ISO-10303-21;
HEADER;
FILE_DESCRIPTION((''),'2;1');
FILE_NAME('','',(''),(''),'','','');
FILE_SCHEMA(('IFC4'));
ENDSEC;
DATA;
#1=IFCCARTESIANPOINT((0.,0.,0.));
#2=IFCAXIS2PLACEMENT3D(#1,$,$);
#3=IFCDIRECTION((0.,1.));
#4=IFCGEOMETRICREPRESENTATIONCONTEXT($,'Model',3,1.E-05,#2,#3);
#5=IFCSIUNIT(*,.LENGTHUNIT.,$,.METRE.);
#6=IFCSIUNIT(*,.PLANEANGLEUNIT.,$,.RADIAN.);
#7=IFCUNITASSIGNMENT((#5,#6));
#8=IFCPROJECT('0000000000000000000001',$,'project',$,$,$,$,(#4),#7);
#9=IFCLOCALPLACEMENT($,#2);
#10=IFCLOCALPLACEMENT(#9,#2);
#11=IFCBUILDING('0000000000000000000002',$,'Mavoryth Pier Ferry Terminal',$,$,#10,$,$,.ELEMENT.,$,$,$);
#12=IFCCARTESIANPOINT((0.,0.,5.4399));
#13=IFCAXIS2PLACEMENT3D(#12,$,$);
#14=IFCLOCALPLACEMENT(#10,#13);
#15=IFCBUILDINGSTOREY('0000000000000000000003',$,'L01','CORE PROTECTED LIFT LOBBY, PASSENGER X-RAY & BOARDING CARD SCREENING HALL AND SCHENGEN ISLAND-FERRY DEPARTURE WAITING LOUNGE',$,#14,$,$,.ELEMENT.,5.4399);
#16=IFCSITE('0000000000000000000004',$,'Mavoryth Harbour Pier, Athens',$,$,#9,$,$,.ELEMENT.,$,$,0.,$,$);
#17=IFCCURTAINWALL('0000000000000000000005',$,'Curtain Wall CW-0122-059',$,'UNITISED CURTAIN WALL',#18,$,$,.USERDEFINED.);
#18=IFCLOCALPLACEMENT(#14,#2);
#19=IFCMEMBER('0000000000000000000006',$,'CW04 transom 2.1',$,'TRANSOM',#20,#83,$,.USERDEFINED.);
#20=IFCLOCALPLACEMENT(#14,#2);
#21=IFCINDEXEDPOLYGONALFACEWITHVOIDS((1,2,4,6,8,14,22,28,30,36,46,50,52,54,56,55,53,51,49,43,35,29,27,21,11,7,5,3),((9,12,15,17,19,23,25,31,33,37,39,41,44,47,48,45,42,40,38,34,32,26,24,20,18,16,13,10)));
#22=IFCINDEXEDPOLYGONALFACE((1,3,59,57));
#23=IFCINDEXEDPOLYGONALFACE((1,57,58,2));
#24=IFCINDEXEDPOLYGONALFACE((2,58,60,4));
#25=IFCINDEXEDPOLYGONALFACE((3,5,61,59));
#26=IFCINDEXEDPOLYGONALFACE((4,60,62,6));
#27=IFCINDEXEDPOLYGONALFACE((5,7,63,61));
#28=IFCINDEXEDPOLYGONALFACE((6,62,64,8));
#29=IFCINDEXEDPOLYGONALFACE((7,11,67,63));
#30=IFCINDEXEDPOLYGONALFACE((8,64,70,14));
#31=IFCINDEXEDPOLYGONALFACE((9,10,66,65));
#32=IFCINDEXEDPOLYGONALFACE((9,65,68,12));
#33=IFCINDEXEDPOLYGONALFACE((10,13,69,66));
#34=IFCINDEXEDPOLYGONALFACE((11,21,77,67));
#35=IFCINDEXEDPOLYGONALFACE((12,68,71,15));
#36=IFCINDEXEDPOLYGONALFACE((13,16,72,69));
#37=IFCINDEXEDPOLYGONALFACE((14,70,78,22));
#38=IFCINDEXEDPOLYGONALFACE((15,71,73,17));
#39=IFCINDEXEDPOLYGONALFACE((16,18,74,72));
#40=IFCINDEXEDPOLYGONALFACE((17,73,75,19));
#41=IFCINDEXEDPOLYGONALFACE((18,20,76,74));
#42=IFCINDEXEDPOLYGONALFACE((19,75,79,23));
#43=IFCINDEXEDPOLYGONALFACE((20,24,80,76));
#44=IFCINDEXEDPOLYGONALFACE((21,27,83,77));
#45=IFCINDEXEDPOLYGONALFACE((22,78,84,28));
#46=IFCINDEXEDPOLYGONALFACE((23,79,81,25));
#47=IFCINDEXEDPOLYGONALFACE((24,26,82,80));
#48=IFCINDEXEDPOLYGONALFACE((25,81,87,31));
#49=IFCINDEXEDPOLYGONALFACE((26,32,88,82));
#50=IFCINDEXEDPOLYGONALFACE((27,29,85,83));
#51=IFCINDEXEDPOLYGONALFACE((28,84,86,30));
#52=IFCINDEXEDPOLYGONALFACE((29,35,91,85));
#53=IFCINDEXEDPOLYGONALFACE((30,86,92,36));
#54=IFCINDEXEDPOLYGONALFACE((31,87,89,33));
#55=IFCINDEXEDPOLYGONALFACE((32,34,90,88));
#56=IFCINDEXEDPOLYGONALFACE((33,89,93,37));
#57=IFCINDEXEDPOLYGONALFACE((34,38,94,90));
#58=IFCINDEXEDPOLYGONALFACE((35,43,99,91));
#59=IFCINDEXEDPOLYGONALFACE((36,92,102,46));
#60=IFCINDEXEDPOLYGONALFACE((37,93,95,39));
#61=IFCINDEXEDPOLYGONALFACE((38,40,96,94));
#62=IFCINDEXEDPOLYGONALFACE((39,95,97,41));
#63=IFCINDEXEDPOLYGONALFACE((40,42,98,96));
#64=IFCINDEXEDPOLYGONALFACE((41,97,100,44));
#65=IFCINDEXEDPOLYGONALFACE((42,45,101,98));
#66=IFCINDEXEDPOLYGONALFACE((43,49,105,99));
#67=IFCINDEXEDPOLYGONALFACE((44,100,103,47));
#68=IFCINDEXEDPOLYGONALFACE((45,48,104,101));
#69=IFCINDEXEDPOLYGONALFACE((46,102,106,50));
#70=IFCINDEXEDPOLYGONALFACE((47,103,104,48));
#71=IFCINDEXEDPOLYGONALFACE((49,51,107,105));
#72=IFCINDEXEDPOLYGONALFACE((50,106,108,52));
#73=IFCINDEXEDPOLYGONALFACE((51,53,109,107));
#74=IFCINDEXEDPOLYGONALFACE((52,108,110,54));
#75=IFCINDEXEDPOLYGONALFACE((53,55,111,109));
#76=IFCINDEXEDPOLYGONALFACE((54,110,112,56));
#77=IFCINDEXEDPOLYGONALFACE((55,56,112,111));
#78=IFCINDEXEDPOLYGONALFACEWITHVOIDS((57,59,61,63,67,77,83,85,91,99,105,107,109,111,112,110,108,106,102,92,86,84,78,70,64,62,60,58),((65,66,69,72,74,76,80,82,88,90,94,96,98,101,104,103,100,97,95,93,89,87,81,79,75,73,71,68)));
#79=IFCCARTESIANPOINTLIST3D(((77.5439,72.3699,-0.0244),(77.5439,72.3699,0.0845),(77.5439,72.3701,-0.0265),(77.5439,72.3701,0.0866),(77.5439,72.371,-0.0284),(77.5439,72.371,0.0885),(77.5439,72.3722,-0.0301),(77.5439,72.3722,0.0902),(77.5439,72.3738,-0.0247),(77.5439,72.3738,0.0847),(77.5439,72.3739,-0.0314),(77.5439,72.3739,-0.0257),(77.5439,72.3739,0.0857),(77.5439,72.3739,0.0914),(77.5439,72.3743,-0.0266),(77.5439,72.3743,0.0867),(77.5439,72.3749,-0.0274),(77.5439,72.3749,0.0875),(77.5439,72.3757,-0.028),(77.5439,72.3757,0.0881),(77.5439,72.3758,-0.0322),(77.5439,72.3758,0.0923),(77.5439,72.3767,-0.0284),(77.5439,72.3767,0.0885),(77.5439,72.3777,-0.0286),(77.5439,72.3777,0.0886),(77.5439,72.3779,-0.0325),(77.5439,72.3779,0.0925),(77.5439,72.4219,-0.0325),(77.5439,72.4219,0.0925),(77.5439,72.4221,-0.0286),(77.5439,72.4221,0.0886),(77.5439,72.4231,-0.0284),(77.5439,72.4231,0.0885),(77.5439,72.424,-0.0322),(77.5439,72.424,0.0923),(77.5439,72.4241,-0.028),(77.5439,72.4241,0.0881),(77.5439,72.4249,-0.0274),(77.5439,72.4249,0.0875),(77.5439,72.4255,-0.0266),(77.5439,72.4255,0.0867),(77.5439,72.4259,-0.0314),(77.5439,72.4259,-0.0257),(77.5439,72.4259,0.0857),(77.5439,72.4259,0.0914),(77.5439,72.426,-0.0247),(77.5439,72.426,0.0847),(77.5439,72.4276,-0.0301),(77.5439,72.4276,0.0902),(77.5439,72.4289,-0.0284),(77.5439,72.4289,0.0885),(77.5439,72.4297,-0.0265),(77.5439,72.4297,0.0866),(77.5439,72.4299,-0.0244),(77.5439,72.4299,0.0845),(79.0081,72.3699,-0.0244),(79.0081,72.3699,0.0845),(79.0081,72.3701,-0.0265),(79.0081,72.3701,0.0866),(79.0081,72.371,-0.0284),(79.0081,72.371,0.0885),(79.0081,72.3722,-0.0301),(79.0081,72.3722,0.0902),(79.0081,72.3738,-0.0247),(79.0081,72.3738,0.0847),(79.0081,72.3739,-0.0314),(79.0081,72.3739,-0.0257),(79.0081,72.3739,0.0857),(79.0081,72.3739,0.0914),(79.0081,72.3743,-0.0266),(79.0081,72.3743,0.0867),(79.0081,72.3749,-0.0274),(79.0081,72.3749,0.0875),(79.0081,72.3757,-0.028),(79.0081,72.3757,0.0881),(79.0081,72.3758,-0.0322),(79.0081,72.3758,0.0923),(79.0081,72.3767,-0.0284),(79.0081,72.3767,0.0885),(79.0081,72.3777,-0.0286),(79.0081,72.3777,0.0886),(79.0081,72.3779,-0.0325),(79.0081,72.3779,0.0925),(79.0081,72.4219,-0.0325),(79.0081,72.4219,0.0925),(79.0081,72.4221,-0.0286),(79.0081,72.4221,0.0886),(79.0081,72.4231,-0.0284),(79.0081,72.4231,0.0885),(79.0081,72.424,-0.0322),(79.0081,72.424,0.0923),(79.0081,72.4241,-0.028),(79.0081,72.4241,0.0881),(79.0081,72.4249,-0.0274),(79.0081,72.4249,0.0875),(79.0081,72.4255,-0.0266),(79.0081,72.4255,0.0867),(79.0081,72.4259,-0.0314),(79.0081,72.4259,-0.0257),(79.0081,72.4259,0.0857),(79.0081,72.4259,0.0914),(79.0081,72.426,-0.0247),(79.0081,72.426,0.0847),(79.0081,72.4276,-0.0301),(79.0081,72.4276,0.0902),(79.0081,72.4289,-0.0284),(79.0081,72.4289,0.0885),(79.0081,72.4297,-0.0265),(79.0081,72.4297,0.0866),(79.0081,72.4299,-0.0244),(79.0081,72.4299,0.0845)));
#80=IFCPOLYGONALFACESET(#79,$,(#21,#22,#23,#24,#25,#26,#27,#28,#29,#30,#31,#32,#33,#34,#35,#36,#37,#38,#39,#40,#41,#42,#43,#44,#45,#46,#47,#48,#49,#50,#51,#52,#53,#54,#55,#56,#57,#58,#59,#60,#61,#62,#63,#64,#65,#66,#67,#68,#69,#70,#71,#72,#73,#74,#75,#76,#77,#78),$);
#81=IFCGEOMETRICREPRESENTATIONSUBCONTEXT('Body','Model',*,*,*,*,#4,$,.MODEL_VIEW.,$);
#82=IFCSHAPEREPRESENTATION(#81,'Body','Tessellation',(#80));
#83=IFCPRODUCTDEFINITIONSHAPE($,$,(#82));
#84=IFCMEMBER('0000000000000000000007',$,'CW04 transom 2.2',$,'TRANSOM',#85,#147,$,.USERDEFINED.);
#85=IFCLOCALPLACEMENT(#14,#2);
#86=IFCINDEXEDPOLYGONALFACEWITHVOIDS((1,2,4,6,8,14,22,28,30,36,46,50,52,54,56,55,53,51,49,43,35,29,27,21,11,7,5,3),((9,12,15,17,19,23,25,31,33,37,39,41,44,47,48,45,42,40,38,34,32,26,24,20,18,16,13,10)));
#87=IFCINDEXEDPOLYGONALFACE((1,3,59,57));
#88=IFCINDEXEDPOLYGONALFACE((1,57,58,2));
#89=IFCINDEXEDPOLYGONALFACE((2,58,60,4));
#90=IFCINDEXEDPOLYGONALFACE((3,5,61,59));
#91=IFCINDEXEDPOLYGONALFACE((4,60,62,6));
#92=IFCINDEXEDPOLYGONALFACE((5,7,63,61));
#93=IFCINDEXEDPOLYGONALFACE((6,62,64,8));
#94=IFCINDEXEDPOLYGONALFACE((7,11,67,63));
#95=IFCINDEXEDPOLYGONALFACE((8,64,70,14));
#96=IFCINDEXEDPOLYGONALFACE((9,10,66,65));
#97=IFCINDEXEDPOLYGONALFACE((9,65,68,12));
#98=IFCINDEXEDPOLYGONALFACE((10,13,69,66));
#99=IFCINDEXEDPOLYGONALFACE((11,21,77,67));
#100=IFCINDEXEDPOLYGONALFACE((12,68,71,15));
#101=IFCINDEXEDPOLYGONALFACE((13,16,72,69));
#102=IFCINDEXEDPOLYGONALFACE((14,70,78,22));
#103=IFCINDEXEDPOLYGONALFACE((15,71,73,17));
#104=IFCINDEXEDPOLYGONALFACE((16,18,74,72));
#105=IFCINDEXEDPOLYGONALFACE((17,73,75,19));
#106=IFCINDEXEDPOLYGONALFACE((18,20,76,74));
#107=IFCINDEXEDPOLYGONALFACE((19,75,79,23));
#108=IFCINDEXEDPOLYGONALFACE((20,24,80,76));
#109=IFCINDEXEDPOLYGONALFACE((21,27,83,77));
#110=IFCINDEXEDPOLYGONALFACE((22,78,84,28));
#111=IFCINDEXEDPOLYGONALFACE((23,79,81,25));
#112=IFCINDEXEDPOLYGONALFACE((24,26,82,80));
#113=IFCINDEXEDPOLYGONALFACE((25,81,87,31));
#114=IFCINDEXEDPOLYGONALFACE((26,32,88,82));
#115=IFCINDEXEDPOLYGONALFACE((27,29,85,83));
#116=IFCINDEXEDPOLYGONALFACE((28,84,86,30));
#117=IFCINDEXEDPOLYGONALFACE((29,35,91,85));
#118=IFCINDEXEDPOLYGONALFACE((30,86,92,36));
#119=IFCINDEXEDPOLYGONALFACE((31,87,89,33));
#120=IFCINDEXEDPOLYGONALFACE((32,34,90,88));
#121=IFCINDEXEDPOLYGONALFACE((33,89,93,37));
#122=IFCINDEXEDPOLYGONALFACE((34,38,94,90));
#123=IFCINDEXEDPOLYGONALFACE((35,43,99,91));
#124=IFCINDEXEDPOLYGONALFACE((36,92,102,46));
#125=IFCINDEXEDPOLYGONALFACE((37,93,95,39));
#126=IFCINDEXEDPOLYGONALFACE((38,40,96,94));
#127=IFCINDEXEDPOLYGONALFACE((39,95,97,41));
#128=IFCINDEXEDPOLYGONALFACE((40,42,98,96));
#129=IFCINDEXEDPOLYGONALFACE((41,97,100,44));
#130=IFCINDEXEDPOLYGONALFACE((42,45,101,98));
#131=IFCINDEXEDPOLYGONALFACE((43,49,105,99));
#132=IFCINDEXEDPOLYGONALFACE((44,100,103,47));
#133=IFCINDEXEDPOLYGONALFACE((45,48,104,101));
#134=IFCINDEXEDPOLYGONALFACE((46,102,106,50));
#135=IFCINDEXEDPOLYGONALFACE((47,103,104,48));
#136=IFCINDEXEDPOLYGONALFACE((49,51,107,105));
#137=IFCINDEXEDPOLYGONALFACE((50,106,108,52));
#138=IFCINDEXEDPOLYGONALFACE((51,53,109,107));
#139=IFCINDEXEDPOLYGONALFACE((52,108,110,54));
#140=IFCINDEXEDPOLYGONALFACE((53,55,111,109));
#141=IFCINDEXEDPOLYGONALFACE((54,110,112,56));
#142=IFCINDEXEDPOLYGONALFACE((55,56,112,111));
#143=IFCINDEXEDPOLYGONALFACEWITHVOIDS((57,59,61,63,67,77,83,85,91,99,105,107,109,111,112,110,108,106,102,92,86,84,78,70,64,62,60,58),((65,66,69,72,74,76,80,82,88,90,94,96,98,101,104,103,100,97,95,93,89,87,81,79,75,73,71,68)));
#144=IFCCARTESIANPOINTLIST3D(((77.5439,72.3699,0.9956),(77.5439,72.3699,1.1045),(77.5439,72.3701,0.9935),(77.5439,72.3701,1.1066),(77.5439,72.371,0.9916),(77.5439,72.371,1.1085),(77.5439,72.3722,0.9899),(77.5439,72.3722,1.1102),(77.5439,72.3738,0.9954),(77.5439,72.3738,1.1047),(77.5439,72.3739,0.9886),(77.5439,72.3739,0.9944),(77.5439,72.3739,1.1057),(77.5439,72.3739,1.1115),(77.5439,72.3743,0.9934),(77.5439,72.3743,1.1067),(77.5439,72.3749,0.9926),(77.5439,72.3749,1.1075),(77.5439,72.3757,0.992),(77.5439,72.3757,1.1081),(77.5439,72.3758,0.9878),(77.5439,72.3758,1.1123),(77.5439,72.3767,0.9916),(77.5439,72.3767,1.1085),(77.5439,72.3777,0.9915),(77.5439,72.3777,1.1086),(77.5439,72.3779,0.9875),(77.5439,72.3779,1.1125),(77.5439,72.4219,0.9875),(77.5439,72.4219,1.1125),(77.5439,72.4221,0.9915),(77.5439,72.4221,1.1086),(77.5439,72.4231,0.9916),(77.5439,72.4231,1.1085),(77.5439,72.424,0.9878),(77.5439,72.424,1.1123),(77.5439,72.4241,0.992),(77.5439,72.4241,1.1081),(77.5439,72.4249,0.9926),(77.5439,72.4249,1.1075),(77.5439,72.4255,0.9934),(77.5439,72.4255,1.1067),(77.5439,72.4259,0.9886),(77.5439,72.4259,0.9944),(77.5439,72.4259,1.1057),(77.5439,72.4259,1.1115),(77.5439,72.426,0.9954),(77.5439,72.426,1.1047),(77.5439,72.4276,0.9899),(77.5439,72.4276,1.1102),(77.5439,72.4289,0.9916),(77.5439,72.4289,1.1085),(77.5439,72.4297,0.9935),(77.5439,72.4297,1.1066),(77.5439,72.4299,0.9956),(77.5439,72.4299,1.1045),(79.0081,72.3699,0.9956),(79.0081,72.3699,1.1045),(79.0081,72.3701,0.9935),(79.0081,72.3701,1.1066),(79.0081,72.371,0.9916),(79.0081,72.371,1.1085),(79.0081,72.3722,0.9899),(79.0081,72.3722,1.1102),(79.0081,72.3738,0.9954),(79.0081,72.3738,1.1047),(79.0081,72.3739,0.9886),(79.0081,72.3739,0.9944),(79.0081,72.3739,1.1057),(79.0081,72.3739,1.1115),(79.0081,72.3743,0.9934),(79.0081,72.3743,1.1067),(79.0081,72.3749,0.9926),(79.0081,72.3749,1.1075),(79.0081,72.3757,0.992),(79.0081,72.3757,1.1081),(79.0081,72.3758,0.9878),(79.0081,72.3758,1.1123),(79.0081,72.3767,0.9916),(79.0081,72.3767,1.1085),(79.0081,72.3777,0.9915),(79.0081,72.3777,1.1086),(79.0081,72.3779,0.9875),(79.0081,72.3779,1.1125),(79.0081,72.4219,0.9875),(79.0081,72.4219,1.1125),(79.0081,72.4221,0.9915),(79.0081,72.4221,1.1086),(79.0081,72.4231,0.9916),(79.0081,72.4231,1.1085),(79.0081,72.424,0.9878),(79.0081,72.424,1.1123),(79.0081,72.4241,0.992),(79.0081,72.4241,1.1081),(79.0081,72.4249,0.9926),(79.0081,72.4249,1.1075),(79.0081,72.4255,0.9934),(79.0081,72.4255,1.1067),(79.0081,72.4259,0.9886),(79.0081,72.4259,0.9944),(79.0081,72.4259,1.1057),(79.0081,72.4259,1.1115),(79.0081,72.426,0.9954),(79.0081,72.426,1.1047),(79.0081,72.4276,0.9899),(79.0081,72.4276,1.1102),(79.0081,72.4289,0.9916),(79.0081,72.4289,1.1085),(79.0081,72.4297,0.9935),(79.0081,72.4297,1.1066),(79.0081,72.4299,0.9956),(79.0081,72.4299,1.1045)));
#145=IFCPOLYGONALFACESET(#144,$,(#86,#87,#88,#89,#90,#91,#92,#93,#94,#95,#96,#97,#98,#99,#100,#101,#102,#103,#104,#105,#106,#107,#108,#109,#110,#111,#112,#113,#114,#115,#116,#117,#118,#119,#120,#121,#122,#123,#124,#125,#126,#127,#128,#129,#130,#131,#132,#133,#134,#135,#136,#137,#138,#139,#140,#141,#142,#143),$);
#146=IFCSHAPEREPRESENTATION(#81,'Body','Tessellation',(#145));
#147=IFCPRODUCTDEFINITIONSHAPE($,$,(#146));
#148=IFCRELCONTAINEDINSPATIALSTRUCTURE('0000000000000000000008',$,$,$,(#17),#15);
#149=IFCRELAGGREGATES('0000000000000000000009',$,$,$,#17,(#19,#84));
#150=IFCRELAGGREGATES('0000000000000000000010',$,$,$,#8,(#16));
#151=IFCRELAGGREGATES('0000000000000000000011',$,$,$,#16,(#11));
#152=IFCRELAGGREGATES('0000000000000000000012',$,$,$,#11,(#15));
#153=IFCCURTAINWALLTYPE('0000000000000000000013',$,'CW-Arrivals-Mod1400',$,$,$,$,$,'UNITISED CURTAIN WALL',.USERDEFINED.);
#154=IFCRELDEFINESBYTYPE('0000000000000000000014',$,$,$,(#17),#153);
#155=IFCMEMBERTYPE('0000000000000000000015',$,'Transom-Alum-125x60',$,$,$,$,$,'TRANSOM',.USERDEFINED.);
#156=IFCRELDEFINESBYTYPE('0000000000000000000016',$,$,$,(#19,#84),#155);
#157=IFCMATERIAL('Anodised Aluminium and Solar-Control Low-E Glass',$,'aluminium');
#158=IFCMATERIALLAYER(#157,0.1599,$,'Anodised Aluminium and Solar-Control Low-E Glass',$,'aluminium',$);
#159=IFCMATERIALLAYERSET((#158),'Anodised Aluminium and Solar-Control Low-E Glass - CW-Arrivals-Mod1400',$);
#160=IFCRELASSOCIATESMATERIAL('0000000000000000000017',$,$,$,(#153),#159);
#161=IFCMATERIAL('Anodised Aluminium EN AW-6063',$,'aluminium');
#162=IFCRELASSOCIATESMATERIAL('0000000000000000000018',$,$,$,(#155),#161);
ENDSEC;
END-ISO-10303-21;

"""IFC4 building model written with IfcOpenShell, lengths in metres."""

from ifc_helpers import new_model, si_unit, direction, frame, origin, origin_2d, place, context, subcontext, project, spatial, hollow_rectangle, extrude, material, layer, layer_set, material_profile, profile_set, type_object, element, aggregate, save


model = new_model("IFC4")

# Units and contexts
model_context = context("Model", 3, precision=1e-05, world=origin(), true_north=direction((0.0, 1.0)))
body_context = subcontext(model_context, "Body", "Model", "MODEL_VIEW")
ifc_project = project(units=[si_unit("LENGTHUNIT", "METRE"), si_unit("PLANEANGLEUNIT", "RADIAN")], contexts=[model_context])

# Site, building, storey
site_placement = place(None, origin())
site = spatial("IfcSite", under=ifc_project, at=site_placement, Name="Mavoryth Harbour Pier, Athens", CompositionType="ELEMENT", RefElevation=0.0)
building_placement = place(site_placement, origin())
building = spatial("IfcBuilding", under=site, at=building_placement, Name="Mavoryth Pier Ferry Terminal", CompositionType="ELEMENT")
storey_placement = place(building_placement, frame((0.0, 0.0, 5.4399)))
storey = spatial("IfcBuildingStorey", under=building, at=storey_placement, Name="L01", Description="CORE PROTECTED LIFT LOBBY, PASSENGER X-RAY & BOARDING CARD SCREENING HALL AND SCHENGEN ISLAND-FERRY DEPARTURE WAITING LOUNGE", CompositionType="ELEMENT", Elevation=5.4399)

# Shared definitions
ifc_material_1 = material(Name="Anodised Aluminium and Solar-Control Low-E Glass", Category="aluminium")
ifc_layer_1 = layer(ifc_material_1, 0.1599, Name="Anodised Aluminium and Solar-Control Low-E Glass", Category="aluminium")
ifc_layer_set_1 = layer_set([ifc_layer_1], Name="Anodised Aluminium and Solar-Control Low-E Glass - CW-Arrivals-Mod1400")
curtain_wall_type = type_object("IfcCurtainWallType", Name="CW-Arrivals-Mod1400", ElementType="UNITISED CURTAIN WALL", PredefinedType="USERDEFINED", material=ifc_layer_set_1)
ifc_material_2 = material(Name="Anodised Aluminium EN AW-6063", Category="aluminium")

# Curtain wall
curtain_wall_1_placement = place(storey_placement, origin())
curtain_wall_1 = element("IfcCurtainWall", 1, at=curtain_wall_1_placement, inside=storey, type_object=curtain_wall_type, Name="Curtain Wall CW-0122-059", ObjectType="UNITISED CURTAIN WALL", PredefinedType="USERDEFINED")

# Members
ifc_material_profile_1 = material_profile(ifc_material_2, hollow_rectangle(XDim=0.0601, YDim=0.125, WallThickness=0.0039, InnerFilletRadius=0.0039, OuterFilletRadius=0.0081, at=origin_2d()), Name="AL-TRAN 125x60x4", Category="aluminium")
ifc_profile_set_1 = profile_set([ifc_material_profile_1], Name="Anodised Aluminium EN AW-6063 - AL-TRAN 125x60x4")
member_type_1 = type_object("IfcMemberType", Name="Transom-Alum-125x60", ElementType="TRANSOM", PredefinedType="USERDEFINED", material=ifc_profile_set_1)
member_1_placement = place(storey_placement, frame((77.5439, 72.3999, 0.03), z_axis=(1.0, 0.0, 0.0), x_axis=(0.0, 1.0, 0.0)))
member_1 = element("IfcMember", 2, at=member_1_placement, type_object=member_type_1, Name="CW04 transom 2.1", ObjectType="TRANSOM", PredefinedType="USERDEFINED", context=body_context, shape_type="SweptSolid", body=[
    extrude(hollow_rectangle(XDim=0.0601, YDim=0.125, WallThickness=0.0039, InnerFilletRadius=0.0039, OuterFilletRadius=0.0081, at=origin_2d()), origin(), (0.0, 0.0, 1.0), 1.4641),
])
member_2_placement = place(storey_placement, frame((77.5439, 72.3999, 1.05), z_axis=(1.0, 0.0, 0.0), x_axis=(0.0, 1.0, 0.0)))
member_2 = element("IfcMember", 3, at=member_2_placement, type_object=member_type_1, Name="CW04 transom 2.2", ObjectType="TRANSOM", PredefinedType="USERDEFINED", context=body_context, shape_type="SweptSolid", body=[
    extrude(hollow_rectangle(XDim=0.0601, YDim=0.125, WallThickness=0.0039, InnerFilletRadius=0.0039, OuterFilletRadius=0.0081, at=origin_2d()), origin(), (0.0, 0.0, 1.0), 1.4641),
])

aggregate(curtain_wall_1, [member_1, member_2])

save(model, "model.ifc")
